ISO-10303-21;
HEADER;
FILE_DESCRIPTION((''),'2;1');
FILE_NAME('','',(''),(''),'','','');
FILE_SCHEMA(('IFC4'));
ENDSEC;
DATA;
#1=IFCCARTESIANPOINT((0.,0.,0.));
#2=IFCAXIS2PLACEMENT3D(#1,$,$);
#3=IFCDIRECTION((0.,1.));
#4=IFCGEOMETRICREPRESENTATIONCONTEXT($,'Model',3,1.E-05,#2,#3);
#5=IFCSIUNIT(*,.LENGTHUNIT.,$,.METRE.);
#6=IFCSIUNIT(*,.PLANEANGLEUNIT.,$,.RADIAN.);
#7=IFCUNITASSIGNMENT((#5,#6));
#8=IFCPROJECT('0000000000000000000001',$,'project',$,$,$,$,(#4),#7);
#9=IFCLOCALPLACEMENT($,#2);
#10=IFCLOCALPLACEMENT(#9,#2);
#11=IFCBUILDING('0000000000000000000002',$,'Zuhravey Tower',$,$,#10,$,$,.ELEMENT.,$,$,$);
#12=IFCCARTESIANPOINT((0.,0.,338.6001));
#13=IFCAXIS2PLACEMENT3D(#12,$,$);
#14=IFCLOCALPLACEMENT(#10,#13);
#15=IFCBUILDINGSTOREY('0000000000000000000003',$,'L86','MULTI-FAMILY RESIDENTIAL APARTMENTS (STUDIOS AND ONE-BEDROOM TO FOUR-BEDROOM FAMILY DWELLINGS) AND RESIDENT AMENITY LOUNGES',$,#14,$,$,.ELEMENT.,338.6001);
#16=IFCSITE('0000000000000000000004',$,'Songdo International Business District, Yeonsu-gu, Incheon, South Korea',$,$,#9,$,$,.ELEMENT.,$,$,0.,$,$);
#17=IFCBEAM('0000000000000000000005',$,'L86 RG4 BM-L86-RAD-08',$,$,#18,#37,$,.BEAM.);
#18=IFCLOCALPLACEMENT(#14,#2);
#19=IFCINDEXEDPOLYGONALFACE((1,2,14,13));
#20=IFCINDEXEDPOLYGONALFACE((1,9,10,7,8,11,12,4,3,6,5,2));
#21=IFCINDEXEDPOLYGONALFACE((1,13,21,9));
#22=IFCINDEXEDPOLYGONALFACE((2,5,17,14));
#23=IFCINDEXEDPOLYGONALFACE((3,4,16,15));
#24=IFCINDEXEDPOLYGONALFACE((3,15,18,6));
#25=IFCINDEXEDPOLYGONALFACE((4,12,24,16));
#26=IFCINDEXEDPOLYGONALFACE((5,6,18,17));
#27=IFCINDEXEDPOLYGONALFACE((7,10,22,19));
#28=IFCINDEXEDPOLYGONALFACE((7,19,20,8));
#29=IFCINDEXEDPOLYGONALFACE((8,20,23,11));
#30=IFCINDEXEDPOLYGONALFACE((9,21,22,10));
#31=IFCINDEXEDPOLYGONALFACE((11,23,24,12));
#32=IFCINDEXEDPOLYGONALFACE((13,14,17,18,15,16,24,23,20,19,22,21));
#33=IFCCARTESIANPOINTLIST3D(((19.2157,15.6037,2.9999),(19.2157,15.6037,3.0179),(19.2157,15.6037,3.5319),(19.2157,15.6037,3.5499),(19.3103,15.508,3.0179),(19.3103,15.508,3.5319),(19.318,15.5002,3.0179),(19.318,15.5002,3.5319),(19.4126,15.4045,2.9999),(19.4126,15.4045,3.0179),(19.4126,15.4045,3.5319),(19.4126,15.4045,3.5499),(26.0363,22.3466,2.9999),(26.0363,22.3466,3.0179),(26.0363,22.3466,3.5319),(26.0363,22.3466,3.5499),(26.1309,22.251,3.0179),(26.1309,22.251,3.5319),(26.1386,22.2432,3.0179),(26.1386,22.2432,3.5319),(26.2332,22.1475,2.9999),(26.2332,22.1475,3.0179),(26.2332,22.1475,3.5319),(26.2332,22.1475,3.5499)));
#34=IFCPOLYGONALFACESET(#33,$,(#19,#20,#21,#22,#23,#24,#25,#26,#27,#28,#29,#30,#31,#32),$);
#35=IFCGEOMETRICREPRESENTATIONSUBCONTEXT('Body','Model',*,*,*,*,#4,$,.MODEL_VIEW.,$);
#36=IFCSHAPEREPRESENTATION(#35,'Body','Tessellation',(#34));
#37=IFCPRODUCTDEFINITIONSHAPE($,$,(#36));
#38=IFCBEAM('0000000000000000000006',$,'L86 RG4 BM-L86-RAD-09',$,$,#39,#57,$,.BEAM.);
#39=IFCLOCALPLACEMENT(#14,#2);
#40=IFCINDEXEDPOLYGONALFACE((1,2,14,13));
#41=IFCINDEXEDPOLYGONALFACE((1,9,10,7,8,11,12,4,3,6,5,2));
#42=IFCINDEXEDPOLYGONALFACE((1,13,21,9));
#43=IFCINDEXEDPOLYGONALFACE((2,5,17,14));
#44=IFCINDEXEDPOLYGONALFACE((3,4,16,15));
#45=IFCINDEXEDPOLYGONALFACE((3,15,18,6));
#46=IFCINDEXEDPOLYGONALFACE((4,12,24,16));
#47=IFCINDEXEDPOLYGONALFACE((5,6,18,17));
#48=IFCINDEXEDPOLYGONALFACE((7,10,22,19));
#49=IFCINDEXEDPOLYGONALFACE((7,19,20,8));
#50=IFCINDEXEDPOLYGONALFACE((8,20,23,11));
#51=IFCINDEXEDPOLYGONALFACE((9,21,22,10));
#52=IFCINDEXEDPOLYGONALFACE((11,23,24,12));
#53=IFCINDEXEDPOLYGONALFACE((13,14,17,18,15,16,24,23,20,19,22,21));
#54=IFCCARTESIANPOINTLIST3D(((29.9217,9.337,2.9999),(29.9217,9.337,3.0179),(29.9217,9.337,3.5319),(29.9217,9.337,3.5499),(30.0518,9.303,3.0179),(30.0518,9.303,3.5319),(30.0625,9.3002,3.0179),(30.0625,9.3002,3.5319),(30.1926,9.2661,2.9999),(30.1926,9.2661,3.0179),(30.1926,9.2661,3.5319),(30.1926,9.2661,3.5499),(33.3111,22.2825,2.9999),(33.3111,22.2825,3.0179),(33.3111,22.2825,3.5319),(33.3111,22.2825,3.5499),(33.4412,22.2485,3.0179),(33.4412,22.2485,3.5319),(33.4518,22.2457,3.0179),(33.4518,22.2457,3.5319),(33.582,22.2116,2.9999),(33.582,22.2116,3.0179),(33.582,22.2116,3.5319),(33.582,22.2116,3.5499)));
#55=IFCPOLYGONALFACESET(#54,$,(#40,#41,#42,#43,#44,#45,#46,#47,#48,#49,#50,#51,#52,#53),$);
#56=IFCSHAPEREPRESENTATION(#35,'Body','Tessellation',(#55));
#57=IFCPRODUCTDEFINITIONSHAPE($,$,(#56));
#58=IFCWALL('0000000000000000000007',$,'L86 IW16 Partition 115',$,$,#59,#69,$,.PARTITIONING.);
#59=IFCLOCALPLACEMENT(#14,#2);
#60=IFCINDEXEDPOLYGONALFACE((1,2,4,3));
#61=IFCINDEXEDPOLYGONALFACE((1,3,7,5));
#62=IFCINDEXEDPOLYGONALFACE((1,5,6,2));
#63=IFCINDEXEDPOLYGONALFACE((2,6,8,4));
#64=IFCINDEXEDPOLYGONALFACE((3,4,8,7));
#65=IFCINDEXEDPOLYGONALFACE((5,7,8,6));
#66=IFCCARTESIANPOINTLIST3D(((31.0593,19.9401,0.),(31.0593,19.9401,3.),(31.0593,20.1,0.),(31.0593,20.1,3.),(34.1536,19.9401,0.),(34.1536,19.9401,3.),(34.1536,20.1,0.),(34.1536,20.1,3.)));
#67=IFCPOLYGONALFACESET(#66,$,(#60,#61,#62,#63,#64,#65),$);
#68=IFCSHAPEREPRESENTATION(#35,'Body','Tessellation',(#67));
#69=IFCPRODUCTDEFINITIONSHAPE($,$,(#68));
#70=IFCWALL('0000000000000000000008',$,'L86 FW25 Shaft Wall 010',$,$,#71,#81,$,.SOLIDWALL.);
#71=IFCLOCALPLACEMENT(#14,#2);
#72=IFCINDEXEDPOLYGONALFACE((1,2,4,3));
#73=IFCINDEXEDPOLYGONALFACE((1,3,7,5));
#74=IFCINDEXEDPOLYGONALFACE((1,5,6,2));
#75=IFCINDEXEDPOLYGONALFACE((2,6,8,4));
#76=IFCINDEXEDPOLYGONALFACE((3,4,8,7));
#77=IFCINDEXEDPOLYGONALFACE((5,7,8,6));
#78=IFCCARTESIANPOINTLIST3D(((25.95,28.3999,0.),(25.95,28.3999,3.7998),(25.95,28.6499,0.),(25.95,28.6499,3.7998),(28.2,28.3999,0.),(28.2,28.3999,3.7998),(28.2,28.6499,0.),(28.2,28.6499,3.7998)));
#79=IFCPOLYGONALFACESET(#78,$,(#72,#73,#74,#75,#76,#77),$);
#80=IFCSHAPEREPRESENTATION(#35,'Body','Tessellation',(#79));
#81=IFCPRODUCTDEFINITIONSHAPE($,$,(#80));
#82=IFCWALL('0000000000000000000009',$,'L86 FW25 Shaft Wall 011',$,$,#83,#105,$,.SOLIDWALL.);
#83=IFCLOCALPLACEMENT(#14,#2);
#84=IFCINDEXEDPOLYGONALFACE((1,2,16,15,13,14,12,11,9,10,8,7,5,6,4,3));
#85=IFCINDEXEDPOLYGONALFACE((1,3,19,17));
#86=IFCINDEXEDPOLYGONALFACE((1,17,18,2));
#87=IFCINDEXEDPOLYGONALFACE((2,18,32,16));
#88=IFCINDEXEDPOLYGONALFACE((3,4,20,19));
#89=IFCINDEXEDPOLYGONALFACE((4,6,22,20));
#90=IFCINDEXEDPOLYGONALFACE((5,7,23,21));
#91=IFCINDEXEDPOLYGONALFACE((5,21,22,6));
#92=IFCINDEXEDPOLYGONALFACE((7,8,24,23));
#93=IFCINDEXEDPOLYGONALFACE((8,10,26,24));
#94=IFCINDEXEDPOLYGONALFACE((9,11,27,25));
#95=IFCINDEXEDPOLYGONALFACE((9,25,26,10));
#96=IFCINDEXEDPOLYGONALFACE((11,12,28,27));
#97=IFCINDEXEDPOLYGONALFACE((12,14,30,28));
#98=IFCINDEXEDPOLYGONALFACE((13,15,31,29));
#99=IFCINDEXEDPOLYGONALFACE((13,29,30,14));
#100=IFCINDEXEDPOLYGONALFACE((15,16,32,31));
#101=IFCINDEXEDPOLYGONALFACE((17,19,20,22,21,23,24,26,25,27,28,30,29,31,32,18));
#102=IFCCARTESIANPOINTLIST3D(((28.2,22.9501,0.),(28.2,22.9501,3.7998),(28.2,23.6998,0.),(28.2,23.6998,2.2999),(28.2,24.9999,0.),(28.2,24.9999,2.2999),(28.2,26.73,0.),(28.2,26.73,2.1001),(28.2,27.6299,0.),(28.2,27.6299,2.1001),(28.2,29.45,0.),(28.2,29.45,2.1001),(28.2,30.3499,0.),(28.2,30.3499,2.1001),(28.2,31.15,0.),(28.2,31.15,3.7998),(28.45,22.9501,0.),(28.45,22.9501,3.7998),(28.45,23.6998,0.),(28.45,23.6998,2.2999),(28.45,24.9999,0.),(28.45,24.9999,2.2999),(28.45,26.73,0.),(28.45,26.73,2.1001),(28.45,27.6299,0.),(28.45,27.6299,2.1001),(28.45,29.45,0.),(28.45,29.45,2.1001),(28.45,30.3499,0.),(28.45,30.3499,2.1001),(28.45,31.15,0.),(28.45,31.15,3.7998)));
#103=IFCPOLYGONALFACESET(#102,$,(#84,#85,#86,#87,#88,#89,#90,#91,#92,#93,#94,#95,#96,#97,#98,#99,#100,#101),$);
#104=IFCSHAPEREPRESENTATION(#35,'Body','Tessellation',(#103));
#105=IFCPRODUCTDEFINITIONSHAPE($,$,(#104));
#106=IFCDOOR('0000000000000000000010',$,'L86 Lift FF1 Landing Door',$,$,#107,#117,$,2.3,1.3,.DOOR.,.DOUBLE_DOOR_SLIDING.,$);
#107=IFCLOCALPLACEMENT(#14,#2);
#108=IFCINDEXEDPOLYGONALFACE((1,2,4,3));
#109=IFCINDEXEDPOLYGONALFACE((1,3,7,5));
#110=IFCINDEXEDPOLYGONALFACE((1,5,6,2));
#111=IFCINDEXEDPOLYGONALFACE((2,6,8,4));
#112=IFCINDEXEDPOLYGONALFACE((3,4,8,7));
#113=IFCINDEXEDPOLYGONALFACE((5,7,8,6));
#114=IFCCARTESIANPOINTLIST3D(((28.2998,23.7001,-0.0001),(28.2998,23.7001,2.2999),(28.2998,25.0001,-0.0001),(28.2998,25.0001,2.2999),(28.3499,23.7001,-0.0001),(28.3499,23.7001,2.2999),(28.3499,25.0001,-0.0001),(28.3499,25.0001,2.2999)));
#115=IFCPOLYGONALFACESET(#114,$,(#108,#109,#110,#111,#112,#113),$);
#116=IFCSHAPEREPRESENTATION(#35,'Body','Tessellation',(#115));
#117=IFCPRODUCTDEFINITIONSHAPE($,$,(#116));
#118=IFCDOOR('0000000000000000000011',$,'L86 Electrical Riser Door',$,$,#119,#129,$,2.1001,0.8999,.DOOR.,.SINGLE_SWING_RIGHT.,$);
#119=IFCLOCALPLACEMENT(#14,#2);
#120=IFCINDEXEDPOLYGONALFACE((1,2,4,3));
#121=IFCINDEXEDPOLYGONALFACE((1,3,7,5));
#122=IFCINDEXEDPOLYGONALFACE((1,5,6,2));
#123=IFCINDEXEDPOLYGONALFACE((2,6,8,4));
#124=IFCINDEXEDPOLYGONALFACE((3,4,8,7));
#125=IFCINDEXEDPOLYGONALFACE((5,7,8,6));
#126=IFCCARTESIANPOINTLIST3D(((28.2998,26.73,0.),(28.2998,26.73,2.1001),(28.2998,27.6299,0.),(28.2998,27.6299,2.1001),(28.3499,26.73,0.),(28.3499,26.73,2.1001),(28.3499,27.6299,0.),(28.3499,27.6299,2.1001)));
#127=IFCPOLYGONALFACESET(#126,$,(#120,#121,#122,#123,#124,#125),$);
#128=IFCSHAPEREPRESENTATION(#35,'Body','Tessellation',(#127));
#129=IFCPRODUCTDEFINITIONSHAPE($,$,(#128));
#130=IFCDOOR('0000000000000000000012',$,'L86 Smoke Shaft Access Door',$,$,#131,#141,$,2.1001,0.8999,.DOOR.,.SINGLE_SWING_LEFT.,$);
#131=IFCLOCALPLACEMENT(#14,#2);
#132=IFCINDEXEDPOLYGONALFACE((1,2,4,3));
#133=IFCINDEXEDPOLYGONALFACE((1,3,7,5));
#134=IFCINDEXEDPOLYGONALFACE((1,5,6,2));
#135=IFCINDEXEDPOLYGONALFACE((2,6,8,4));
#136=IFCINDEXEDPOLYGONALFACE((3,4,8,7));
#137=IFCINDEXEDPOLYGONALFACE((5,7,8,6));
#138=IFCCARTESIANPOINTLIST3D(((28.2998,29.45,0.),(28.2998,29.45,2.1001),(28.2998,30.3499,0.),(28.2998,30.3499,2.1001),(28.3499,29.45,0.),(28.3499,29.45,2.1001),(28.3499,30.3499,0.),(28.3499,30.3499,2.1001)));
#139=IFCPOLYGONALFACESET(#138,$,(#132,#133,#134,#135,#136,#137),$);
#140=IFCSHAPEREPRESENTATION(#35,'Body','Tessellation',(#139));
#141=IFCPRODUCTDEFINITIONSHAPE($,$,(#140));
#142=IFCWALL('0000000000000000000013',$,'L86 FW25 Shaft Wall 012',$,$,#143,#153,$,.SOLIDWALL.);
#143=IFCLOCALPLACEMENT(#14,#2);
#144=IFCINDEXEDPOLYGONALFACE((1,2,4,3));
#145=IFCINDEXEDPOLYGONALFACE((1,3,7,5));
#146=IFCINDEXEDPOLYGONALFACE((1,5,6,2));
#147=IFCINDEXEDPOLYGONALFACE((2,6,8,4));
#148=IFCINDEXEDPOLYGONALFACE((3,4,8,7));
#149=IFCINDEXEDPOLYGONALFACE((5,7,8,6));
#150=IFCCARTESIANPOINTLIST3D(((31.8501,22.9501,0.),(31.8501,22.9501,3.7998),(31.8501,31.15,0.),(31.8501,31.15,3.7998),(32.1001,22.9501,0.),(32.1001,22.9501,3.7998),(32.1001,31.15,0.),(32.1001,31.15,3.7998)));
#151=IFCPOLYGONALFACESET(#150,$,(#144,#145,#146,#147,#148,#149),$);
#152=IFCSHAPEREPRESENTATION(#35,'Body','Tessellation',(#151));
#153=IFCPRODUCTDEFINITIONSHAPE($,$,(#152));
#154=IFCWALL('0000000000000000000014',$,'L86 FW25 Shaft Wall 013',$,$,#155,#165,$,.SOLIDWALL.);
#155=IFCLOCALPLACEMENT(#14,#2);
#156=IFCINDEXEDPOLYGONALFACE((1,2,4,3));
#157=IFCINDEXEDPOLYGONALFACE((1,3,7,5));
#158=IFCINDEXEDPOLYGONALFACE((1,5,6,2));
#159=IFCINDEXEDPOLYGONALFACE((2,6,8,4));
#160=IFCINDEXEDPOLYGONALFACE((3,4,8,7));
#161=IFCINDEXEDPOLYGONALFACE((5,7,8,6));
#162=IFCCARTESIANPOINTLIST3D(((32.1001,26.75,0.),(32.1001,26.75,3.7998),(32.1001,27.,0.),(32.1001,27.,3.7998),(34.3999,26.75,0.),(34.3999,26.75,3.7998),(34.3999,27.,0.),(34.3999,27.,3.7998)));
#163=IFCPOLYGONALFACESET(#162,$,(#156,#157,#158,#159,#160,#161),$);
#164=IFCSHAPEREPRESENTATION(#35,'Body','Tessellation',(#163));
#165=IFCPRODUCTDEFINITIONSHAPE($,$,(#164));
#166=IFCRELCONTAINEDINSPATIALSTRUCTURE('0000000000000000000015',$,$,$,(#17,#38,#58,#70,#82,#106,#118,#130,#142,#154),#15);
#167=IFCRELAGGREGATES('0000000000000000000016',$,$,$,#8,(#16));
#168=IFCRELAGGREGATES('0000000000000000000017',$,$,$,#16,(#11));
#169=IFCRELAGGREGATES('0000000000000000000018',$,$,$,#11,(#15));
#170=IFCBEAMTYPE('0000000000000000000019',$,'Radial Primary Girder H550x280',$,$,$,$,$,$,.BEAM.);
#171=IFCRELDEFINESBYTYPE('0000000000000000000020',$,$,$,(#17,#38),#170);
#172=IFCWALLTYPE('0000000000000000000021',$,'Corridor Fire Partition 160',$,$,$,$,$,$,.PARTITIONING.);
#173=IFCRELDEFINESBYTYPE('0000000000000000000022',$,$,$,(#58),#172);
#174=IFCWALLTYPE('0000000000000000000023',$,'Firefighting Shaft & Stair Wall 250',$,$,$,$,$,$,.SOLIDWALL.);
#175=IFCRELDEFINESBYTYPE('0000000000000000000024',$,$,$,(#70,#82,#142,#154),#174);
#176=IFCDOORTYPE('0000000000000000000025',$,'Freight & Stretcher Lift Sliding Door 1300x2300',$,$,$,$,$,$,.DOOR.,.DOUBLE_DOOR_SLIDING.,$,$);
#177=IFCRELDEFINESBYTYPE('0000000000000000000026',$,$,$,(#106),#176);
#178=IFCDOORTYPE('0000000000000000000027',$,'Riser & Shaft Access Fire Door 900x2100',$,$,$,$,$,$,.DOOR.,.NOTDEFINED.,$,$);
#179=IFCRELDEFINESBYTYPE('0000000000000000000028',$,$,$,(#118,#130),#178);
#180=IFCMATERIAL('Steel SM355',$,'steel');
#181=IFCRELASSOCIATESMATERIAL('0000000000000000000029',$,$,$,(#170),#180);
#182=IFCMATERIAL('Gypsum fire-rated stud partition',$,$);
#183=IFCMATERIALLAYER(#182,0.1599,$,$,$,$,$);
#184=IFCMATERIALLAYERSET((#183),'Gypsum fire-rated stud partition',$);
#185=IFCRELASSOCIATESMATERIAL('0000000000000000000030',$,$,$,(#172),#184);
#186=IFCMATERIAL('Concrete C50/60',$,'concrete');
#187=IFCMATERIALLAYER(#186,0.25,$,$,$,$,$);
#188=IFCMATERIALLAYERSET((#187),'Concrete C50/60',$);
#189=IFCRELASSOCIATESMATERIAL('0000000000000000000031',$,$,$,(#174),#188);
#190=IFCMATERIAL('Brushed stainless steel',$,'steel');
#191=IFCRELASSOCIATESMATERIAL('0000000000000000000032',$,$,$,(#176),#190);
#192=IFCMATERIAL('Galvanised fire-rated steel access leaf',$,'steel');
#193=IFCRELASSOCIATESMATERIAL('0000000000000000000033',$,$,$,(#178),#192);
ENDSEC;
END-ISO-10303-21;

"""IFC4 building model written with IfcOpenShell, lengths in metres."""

from ifc_helpers import new_model, si_unit, direction, frame, frame_2d, origin, origin_2d, place, context, subcontext, project, spatial, rectangle, i_section, extrude, material, layer, layer_set, material_profile, profile_set, type_object, element, fill, save


model = new_model("IFC4")

# Units and contexts
model_context = context("Model", 3, precision=1e-05, world=origin(), true_north=direction((0.0, 1.0)))
body_context = subcontext(model_context, "Body", "Model", "MODEL_VIEW")
ifc_project = project(units=[si_unit("LENGTHUNIT", "METRE"), si_unit("PLANEANGLEUNIT", "RADIAN")], contexts=[model_context])

# Site, building, storey
site_placement = place(None, origin())
site = spatial("IfcSite", under=ifc_project, at=site_placement, Name="Songdo International Business District, Yeonsu-gu, Incheon, South Korea", CompositionType="ELEMENT", RefElevation=0.0)
building_placement = place(site_placement, origin())
building = spatial("IfcBuilding", under=site, at=building_placement, Name="Zuhravey Tower", CompositionType="ELEMENT")
storey_placement = place(building_placement, frame((0.0, 0.0, 338.6001)))
storey = spatial("IfcBuildingStorey", under=building, at=storey_placement, Name="L86", Description="MULTI-FAMILY RESIDENTIAL APARTMENTS (STUDIOS AND ONE-BEDROOM TO FOUR-BEDROOM FAMILY DWELLINGS) AND RESIDENT AMENITY LOUNGES", CompositionType="ELEMENT", Elevation=338.6001)

# Beams
ifc_material_1 = material(Name="Steel SM355", Category="steel")
ifc_material_profile = material_profile(ifc_material_1, i_section(OverallWidth=0.28, OverallDepth=0.55, WebThickness=0.011, FlangeThickness=0.0181, at=origin_2d()), Name="H-550x280x11x18")
ifc_profile_set = profile_set([ifc_material_profile], Name="Steel SM355")
beam_type = type_object("IfcBeamType", Name="Radial Primary Girder H550x280", PredefinedType="BEAM", material=ifc_profile_set)
beam_1_placement = place(storey_placement, frame((26.1348, 22.2471, 3.2749), z_axis=(-0.711143, -0.703048, 0.0), x_axis=(0.703048, -0.711143, 0.0)))
element("IfcBeam", 1, at=beam_1_placement, inside=storey, type_object=beam_type, Name="L86 RG4 BM-L86-RAD-08", PredefinedType="BEAM", context=body_context, shape_type="SweptSolid", body=[
    extrude(i_section(OverallWidth=0.28, OverallDepth=0.55, WebThickness=0.011, FlangeThickness=0.0181, at=origin_2d()), origin(), (0.0, 0.0, 1.0), 9.5911),
])
beam_2_placement = place(storey_placement, frame((33.4465, 22.2471, 3.2749), z_axis=(-0.253283, -0.967392, 0.0), x_axis=(0.967392, -0.253283, 0.0)))
element("IfcBeam", 2, at=beam_2_placement, inside=storey, type_object=beam_type, Name="L86 RG4 BM-L86-RAD-09", PredefinedType="BEAM", context=body_context, shape_type="SweptSolid", body=[
    extrude(i_section(OverallWidth=0.28, OverallDepth=0.55, WebThickness=0.011, FlangeThickness=0.0181, at=origin_2d()), origin(), (0.0, 0.0, 1.0), 13.3818),
])

# Shared definitions
ifc_material_2 = material(Name="Gypsum fire-rated stud partition")
ifc_layer_1 = layer(ifc_material_2, 0.1599)
ifc_layer_set_1 = layer_set([ifc_layer_1], Name="Gypsum fire-rated stud partition")
wall_type_1 = type_object("IfcWallType", Name="Corridor Fire Partition 160", PredefinedType="PARTITIONING", material=ifc_layer_set_1)

# Wall
wall_1_placement = place(storey_placement, frame((31.0593, 20.02, 0.0), z_axis=(0.0, 0.0, 1.0), x_axis=(1.0, 0.0, 0.0)))
element("IfcWall", 3, at=wall_1_placement, inside=storey, type_object=wall_type_1, Name="L86 IW16 Partition 115", PredefinedType="PARTITIONING", context=body_context, shape_type="SweptSolid", body=[
    extrude(rectangle(XDim=3.0942, YDim=0.1599, at=frame_2d((1.5471, 0.0))), origin(), (0.0, 0.0, 1.0), 3.0),
])

# Shared definitions
ifc_material_3 = material(Name="Concrete C50/60", Category="concrete")
ifc_layer_2 = layer(ifc_material_3, 0.25)
ifc_layer_set_2 = layer_set([ifc_layer_2], Name="Concrete C50/60")
wall_type_2 = type_object("IfcWallType", Name="Firefighting Shaft & Stair Wall 250", PredefinedType="SOLIDWALL", material=ifc_layer_set_2)

# Wall
wall_2_placement = place(storey_placement, frame((25.95, 28.5249, 0.0), z_axis=(0.0, 0.0, 1.0), x_axis=(1.0, 0.0, 0.0)))
element("IfcWall", 4, at=wall_2_placement, inside=storey, type_object=wall_type_2, Name="L86 FW25 Shaft Wall 010", PredefinedType="SOLIDWALL", context=body_context, shape_type="SweptSolid", body=[
    extrude(rectangle(XDim=2.25, YDim=0.25, at=frame_2d((1.125, 0.0))), origin(), (0.0, 0.0, 1.0), 3.7998),
])

# Wall, openings, doors
wall_3_placement = place(storey_placement, frame((28.325, 22.95, 0.0), z_axis=(0.0, 0.0, 1.0), x_axis=(0.0, 1.0, 0.0)))
wall_3 = element("IfcWall", 5, at=wall_3_placement, inside=storey, type_object=wall_type_2, Name="L86 FW25 Shaft Wall 011", PredefinedType="SOLIDWALL", context=body_context, shape_type="SweptSolid", body=[
    extrude(rectangle(XDim=8.2, YDim=0.25, at=frame_2d((4.1001, 0.0))), origin(), (0.0, 0.0, 1.0), 3.7998),
])
opening_1_placement = place(wall_3_placement, frame((0.75, 0.0, 0.0)))
opening_1 = element("IfcOpeningElement", 6, at=opening_1_placement, cuts=wall_3, PredefinedType="OPENING", context=body_context, shape_type="SweptSolid", body=[
    extrude(rectangle(XDim=1.3, YDim=2.3, at=frame_2d((0.6499, 1.1499))), frame((0.0, 0.137, 0.0), z_axis=(0.0, -1.0, 0.0), x_axis=(1.0, 0.0, 0.0)), (0.0, 0.0, 1.0), 0.2739),
])
opening_2_placement = place(wall_3_placement, frame((3.78, 0.0, 0.0)))
opening_2 = element("IfcOpeningElement", 7, at=opening_2_placement, cuts=wall_3, PredefinedType="OPENING", context=body_context, shape_type="SweptSolid", body=[
    extrude(rectangle(XDim=0.8999, YDim=2.1001, at=frame_2d((0.45, 1.05))), frame((0.0, 0.137, 0.0), z_axis=(0.0, -1.0, 0.0), x_axis=(1.0, 0.0, 0.0)), (0.0, 0.0, 1.0), 0.2739),
])
opening_3_placement = place(wall_3_placement, frame((6.5, 0.0, 0.0)))
opening_3 = element("IfcOpeningElement", 8, at=opening_3_placement, cuts=wall_3, PredefinedType="OPENING", context=body_context, shape_type="SweptSolid", body=[
    extrude(rectangle(XDim=0.8999, YDim=2.1001, at=frame_2d((0.45, 1.05))), frame((0.0, 0.137, 0.0), z_axis=(0.0, -1.0, 0.0), x_axis=(1.0, 0.0, 0.0)), (0.0, 0.0, 1.0), 0.2739),
])
ifc_material_4 = material(Name="Brushed stainless steel", Category="steel")
door_type_1 = type_object("IfcDoorType", Name="Freight & Stretcher Lift Sliding Door 1300x2300", OperationType="DOUBLE_DOOR_SLIDING", PredefinedType="DOOR", material=ifc_material_4)
door_1_placement = place(opening_1_placement, frame((1.3, 0.0, 0.0), z_axis=(0.0, 0.0, 1.0), x_axis=(-1.0, 0.0, 0.0)))
door_1 = element("IfcDoor", 9, at=door_1_placement, inside=storey, type_object=door_type_1, Name="L86 Lift FF1 Landing Door", OperationType="DOUBLE_DOOR_SLIDING", OverallHeight=2.3, OverallWidth=1.3, PredefinedType="DOOR", context=body_context, shape_type="SweptSolid", body=[
    extrude(rectangle(XDim=1.3, YDim=2.3, at=frame_2d((0.6499, 1.1499))), frame((0.0, 0.0249, 0.0), z_axis=(0.0, -1.0, 0.0), x_axis=(1.0, 0.0, 0.0)), (0.0, 0.0, 1.0), 0.05),
])
fill(opening_1, door_1)
ifc_material_5 = material(Name="Galvanised fire-rated steel access leaf", Category="steel")
door_type_2 = type_object("IfcDoorType", Name="Riser & Shaft Access Fire Door 900x2100", OperationType="NOTDEFINED", PredefinedType="DOOR", material=ifc_material_5)
door_2_placement = place(opening_2_placement, frame((0.8999, 0.0, 0.0), z_axis=(0.0, 0.0, 1.0), x_axis=(-1.0, 0.0, 0.0)))
door_2 = element("IfcDoor", 10, at=door_2_placement, inside=storey, type_object=door_type_2, Name="L86 Electrical Riser Door", OperationType="SINGLE_SWING_RIGHT", OverallHeight=2.1001, OverallWidth=0.8999, PredefinedType="DOOR", context=body_context, shape_type="SweptSolid", body=[
    extrude(rectangle(XDim=0.8999, YDim=2.1001, at=frame_2d((0.45, 1.05))), frame((0.0, 0.0249, 0.0), z_axis=(0.0, -1.0, 0.0), x_axis=(1.0, 0.0, 0.0)), (0.0, 0.0, 1.0), 0.05),
])
fill(opening_2, door_2)
door_3_placement = place(opening_3_placement, frame((0.8999, 0.0, 0.0), z_axis=(0.0, 0.0, 1.0), x_axis=(-1.0, 0.0, 0.0)))
door_3 = element("IfcDoor", 11, at=door_3_placement, inside=storey, type_object=door_type_2, Name="L86 Smoke Shaft Access Door", OperationType="SINGLE_SWING_LEFT", OverallHeight=2.1001, OverallWidth=0.8999, PredefinedType="DOOR", context=body_context, shape_type="SweptSolid", body=[
    extrude(rectangle(XDim=0.8999, YDim=2.1001, at=frame_2d((0.45, 1.05))), frame((0.0, 0.0249, 0.0), z_axis=(0.0, -1.0, 0.0), x_axis=(1.0, 0.0, 0.0)), (0.0, 0.0, 1.0), 0.05),
])
fill(opening_3, door_3)

# Walls
wall_4_placement = place(storey_placement, frame((31.9751, 22.95, 0.0), z_axis=(0.0, 0.0, 1.0), x_axis=(0.0, 1.0, 0.0)))
element("IfcWall", 12, at=wall_4_placement, inside=storey, type_object=wall_type_2, Name="L86 FW25 Shaft Wall 012", PredefinedType="SOLIDWALL", context=body_context, shape_type="SweptSolid", body=[
    extrude(rectangle(XDim=8.2, YDim=0.25, at=frame_2d((4.1001, 0.0))), origin(), (0.0, 0.0, 1.0), 3.7998),
])
wall_5_placement = place(storey_placement, frame((32.1001, 26.875, 0.0), z_axis=(0.0, 0.0, 1.0), x_axis=(1.0, 0.0, 0.0)))
element("IfcWall", 13, at=wall_5_placement, inside=storey, type_object=wall_type_2, Name="L86 FW25 Shaft Wall 013", PredefinedType="SOLIDWALL", context=body_context, shape_type="SweptSolid", body=[
    extrude(rectangle(XDim=2.2998, YDim=0.25, at=frame_2d((1.1499, 0.0))), origin(), (0.0, 0.0, 1.0), 3.7998),
])

save(model, "model.ifc")
